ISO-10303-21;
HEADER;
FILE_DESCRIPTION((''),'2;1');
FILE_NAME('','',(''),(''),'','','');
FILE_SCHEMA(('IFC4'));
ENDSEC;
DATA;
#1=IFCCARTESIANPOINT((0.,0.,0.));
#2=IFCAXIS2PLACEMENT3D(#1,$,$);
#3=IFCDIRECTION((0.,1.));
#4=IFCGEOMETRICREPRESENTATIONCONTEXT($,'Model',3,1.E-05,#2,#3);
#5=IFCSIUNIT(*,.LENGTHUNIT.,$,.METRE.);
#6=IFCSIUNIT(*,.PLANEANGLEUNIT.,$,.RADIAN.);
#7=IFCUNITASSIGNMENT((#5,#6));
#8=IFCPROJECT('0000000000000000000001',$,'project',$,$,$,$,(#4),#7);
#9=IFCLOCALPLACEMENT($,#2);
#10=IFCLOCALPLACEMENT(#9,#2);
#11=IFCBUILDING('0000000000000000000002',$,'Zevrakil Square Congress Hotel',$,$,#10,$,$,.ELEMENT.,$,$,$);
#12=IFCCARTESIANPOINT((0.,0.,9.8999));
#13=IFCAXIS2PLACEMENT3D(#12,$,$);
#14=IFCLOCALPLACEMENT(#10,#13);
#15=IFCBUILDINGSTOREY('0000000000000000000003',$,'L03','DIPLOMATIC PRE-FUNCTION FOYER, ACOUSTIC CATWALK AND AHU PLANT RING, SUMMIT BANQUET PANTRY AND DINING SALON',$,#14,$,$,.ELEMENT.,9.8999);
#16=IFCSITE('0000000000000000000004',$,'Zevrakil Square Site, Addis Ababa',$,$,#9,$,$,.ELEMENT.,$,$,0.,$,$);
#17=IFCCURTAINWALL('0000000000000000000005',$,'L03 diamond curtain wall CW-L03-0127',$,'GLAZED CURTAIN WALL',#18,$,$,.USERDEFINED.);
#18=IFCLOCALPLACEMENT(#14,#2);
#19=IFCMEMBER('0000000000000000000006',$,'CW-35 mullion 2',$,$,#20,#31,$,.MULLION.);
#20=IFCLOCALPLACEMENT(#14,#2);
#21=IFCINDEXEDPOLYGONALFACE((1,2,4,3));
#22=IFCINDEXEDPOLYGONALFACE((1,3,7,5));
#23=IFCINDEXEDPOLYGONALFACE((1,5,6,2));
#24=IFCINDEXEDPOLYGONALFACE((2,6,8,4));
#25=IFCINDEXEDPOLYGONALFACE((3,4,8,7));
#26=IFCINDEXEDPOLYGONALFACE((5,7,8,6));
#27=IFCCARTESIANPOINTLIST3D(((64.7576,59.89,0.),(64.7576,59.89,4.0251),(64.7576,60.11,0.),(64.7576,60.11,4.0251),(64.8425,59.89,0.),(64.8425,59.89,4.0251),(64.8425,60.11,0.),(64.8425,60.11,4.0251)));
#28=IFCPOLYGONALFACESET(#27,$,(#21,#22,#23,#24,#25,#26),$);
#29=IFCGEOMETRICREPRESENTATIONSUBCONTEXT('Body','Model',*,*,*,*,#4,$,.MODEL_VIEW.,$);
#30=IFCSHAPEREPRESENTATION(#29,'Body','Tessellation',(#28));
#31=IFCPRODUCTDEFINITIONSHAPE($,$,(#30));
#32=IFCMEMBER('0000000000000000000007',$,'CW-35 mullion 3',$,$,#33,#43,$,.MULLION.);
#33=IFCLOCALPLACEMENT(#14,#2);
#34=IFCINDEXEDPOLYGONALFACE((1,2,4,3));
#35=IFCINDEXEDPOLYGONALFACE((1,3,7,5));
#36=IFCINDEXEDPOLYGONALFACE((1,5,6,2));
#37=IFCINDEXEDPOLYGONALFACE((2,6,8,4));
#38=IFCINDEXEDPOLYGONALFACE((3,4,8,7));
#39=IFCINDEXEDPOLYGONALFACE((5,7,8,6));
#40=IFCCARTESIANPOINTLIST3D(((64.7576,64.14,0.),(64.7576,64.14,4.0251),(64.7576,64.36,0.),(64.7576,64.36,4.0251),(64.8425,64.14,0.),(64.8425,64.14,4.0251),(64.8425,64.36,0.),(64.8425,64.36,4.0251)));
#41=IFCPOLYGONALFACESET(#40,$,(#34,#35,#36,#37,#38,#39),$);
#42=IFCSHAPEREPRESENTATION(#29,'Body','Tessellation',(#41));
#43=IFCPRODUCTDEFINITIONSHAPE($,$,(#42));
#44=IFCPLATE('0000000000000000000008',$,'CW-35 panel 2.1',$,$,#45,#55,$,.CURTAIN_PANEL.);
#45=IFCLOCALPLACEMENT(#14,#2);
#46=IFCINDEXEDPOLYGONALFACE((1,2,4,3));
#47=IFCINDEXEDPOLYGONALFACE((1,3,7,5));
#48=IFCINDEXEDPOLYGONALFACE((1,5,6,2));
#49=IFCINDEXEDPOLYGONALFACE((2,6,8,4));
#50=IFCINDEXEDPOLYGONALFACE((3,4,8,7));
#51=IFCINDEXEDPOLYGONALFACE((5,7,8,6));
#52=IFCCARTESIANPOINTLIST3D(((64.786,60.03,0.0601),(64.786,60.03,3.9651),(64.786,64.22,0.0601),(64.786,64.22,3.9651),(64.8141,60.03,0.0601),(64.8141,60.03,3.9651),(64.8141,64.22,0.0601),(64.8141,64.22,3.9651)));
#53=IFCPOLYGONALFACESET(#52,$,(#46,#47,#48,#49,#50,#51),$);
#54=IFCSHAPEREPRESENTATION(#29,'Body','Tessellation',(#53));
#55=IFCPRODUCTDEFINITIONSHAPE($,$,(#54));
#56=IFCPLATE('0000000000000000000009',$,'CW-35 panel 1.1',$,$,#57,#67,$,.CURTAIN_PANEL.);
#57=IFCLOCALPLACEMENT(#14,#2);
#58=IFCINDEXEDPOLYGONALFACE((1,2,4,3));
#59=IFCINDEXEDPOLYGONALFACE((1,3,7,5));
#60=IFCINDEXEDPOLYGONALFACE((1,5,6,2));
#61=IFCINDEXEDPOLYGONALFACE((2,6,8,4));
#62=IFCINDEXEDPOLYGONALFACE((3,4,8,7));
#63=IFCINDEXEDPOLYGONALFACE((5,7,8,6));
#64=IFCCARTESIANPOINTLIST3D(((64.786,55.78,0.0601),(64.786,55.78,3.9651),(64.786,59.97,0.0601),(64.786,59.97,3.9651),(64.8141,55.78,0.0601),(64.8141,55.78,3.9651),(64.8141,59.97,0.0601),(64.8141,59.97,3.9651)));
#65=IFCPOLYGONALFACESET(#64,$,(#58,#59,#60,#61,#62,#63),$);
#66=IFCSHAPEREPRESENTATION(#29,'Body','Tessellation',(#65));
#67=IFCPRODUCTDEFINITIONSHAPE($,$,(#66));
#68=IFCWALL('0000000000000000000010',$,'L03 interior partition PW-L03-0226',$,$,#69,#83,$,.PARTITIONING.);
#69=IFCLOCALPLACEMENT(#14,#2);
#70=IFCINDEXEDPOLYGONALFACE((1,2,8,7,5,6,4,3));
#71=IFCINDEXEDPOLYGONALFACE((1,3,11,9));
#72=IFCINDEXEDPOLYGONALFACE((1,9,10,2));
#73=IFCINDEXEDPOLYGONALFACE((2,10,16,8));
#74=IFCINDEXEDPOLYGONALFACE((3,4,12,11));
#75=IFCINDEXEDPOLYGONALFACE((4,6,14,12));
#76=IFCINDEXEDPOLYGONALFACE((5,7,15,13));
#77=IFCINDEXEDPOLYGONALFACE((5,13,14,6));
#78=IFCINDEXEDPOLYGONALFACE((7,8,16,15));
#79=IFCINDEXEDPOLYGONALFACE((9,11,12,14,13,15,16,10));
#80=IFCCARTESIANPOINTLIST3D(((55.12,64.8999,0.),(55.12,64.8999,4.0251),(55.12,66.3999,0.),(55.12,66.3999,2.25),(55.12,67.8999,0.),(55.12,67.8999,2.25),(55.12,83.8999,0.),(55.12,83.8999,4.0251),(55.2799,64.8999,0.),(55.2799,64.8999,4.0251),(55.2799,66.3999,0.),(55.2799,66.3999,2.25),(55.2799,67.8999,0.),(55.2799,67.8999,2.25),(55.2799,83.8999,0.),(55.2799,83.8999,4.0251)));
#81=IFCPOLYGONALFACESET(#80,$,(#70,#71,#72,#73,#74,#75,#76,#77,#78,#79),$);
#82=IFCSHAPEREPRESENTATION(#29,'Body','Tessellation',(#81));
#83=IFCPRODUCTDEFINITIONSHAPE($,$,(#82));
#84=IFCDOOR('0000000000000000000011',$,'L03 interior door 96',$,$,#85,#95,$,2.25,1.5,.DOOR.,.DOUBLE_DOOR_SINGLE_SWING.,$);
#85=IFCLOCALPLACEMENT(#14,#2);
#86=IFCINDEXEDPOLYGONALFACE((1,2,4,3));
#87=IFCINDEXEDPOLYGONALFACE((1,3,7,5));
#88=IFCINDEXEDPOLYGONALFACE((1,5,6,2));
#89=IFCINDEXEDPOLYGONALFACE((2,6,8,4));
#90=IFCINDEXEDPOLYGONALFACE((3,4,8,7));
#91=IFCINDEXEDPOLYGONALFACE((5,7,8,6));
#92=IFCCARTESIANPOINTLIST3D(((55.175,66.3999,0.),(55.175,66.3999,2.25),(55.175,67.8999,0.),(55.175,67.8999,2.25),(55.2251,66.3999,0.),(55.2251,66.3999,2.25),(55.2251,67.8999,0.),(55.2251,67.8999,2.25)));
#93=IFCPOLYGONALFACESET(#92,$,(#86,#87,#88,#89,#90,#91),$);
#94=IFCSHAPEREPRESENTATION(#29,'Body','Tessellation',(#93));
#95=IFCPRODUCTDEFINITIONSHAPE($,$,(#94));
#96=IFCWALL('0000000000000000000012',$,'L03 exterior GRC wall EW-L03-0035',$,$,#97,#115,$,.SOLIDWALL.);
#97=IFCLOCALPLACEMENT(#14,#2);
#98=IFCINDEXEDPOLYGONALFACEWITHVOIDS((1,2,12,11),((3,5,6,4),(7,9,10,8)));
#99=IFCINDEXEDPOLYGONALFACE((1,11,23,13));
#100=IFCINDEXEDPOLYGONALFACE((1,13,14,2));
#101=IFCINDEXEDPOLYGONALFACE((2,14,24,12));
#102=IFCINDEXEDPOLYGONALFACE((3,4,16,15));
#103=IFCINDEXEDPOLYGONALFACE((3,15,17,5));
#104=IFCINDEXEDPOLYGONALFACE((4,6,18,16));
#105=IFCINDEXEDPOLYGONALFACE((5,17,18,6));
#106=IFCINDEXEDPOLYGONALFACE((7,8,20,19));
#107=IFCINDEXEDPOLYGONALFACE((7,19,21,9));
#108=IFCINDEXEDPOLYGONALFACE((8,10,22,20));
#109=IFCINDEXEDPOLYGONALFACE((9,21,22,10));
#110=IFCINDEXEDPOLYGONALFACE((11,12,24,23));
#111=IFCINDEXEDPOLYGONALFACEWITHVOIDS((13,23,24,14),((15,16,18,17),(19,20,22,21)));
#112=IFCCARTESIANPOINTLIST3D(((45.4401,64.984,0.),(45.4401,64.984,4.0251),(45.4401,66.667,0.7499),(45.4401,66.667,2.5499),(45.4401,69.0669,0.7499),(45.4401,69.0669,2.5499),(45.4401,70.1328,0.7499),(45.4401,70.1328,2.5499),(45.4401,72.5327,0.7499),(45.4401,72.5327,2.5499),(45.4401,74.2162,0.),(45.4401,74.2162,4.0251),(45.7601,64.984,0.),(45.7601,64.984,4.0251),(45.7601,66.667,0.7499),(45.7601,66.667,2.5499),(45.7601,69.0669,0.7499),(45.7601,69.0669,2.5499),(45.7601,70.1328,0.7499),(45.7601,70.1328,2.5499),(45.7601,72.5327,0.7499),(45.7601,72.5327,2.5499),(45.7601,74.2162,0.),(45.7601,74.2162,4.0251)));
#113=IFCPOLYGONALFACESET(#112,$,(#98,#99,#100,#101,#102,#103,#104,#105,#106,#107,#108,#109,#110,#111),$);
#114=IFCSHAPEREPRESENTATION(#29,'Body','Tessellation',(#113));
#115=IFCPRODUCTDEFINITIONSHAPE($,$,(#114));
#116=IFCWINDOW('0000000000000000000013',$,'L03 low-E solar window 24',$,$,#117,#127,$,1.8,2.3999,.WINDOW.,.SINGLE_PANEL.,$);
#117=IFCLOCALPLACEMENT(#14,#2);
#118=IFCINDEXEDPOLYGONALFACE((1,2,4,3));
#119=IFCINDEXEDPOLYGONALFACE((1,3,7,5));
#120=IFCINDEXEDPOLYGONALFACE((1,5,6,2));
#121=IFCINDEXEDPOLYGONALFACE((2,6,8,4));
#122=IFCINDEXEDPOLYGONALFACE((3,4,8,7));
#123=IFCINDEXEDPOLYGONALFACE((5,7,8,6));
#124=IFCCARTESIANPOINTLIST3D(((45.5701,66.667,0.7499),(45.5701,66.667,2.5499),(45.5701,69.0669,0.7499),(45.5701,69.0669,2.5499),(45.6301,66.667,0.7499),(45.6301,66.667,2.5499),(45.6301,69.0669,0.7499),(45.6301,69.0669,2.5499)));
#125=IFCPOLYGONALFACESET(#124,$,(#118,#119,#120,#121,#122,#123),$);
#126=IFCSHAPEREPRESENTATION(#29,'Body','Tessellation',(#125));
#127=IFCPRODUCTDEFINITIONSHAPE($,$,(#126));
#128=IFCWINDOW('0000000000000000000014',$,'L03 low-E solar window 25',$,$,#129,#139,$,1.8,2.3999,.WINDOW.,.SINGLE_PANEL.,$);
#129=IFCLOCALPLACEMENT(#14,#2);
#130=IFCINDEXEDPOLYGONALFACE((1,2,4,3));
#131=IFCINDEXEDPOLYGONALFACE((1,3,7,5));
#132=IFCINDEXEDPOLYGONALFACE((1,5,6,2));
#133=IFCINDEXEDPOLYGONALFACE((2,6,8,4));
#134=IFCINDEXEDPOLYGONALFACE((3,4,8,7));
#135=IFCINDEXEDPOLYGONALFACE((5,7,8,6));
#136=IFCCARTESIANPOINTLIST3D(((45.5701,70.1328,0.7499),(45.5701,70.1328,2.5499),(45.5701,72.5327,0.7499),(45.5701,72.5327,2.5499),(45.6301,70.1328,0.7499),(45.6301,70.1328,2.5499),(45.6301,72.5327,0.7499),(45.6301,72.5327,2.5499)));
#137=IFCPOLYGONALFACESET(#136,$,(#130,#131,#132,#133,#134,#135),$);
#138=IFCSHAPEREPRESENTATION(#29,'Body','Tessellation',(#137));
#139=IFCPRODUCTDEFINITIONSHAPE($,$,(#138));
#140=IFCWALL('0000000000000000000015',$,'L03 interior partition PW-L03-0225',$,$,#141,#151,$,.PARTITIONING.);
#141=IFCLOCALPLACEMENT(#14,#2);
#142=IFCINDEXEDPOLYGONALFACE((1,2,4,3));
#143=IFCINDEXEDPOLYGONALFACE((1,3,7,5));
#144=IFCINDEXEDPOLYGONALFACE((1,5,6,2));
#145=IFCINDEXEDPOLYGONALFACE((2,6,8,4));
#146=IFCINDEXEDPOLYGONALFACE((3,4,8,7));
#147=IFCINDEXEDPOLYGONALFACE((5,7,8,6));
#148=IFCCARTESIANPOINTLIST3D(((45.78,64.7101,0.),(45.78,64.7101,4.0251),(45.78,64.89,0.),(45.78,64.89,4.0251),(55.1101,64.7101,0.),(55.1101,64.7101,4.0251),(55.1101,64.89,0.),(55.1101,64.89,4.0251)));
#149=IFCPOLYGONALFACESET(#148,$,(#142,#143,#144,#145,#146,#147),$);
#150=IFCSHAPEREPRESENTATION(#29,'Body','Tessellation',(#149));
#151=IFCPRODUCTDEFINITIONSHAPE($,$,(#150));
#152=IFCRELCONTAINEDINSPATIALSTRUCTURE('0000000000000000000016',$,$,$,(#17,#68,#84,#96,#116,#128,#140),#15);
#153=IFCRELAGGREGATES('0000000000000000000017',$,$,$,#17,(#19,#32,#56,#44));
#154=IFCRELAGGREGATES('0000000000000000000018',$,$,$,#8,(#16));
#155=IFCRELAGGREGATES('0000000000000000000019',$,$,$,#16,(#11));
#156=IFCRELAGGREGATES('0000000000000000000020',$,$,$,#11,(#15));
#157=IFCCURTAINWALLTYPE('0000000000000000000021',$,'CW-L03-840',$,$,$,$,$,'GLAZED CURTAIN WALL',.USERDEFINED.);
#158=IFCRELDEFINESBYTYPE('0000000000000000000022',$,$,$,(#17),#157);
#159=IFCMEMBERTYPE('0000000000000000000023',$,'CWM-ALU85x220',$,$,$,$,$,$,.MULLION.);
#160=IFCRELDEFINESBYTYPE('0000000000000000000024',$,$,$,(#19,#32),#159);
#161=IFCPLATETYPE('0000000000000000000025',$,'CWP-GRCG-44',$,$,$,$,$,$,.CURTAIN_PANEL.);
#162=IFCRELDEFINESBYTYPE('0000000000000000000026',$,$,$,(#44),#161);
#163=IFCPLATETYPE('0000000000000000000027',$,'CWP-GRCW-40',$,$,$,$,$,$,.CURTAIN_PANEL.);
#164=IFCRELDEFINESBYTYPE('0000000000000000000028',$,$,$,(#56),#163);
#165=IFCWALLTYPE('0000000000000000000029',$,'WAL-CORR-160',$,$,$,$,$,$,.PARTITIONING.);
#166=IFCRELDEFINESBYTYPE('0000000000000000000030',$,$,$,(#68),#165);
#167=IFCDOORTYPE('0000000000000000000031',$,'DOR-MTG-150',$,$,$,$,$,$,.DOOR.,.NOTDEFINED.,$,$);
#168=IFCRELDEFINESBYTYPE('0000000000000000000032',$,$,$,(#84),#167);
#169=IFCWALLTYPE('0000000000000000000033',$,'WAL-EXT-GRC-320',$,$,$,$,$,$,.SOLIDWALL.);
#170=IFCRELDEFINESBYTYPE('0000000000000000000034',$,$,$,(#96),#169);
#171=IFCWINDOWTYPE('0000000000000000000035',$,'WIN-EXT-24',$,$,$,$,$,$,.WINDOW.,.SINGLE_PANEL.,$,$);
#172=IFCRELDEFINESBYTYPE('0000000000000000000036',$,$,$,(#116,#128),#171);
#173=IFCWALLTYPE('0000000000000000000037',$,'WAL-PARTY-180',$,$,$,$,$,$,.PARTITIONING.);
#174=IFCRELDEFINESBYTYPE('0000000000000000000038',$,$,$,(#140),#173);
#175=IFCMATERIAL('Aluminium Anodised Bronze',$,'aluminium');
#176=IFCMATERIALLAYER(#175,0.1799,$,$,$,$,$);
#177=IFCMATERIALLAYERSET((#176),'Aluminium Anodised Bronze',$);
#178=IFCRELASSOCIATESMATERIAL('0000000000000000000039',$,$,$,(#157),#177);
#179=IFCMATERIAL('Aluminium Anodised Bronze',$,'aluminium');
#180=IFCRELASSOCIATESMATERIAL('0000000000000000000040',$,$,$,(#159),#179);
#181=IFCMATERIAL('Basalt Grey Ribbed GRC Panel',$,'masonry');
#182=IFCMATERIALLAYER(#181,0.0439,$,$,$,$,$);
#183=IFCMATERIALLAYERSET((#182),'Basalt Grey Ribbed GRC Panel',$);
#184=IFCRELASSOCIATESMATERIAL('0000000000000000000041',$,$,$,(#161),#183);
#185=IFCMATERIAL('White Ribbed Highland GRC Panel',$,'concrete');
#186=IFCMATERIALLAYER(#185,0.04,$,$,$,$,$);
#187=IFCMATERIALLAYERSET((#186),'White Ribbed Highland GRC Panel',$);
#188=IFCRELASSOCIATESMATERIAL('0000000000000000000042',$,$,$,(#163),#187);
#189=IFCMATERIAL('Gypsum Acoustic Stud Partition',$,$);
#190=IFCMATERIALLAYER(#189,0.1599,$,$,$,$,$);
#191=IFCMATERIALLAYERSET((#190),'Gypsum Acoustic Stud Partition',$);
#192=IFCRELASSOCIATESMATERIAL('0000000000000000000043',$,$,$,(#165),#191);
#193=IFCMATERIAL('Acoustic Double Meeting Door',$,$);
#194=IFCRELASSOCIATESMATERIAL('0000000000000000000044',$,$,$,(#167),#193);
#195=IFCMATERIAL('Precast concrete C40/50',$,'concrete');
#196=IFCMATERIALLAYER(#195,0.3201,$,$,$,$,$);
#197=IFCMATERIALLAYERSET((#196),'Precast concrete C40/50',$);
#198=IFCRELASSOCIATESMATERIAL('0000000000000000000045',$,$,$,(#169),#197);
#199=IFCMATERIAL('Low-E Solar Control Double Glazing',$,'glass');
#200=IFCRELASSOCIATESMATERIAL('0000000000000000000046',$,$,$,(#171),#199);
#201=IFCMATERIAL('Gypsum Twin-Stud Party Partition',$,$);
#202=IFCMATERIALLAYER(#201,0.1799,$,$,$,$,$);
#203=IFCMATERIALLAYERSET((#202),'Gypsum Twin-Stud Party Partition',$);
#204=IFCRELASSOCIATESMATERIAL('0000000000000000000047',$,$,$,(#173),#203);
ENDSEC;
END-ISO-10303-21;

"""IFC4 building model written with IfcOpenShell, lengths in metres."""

from ifc_helpers import new_model, si_unit, direction, frame, frame_2d, origin, origin_2d, place, context, subcontext, project, spatial, rectangle, extrude, material, layer, layer_set, material_profile, profile_set, type_object, element, fill, aggregate, save


model = new_model("IFC4")

# Units and contexts
model_context = context("Model", 3, precision=1e-05, world=origin(), true_north=direction((0.0, 1.0)))
body_context = subcontext(model_context, "Body", "Model", "MODEL_VIEW")
ifc_project = project(units=[si_unit("LENGTHUNIT", "METRE"), si_unit("PLANEANGLEUNIT", "RADIAN")], contexts=[model_context])

# Site, building, storey
site_placement = place(None, origin())
site = spatial("IfcSite", under=ifc_project, at=site_placement, Name="Zevrakil Square Site, Addis Ababa", CompositionType="ELEMENT", RefElevation=0.0)
building_placement = place(site_placement, origin())
building = spatial("IfcBuilding", under=site, at=building_placement, Name="Zevrakil Square Congress Hotel", CompositionType="ELEMENT")
storey_placement = place(building_placement, frame((0.0, 0.0, 9.8999)))
storey = spatial("IfcBuildingStorey", under=building, at=storey_placement, Name="L03", Description="DIPLOMATIC PRE-FUNCTION FOYER, ACOUSTIC CATWALK AND AHU PLANT RING, SUMMIT BANQUET PANTRY AND DINING SALON", CompositionType="ELEMENT", Elevation=9.8999)

# Curtain wall, members, plates
ifc_material_1 = material(Name="Aluminium Anodised Bronze", Category="aluminium")
ifc_layer_1 = layer(ifc_material_1, 0.1799)
ifc_layer_set_1 = layer_set([ifc_layer_1], Name="Aluminium Anodised Bronze")
curtain_wall_type = type_object("IfcCurtainWallType", Name="CW-L03-840", ElementType="GLAZED CURTAIN WALL", PredefinedType="USERDEFINED", material=ifc_layer_set_1)
curtain_wall_placement = place(storey_placement, origin())
curtain_wall = element("IfcCurtainWall", 1, at=curtain_wall_placement, inside=storey, type_object=curtain_wall_type, Name="L03 diamond curtain wall CW-L03-0127", ObjectType="GLAZED CURTAIN WALL", PredefinedType="USERDEFINED")
ifc_material_2 = material(Name="Aluminium Anodised Bronze", Category="aluminium")
ifc_material_profile_1 = material_profile(ifc_material_2, rectangle(XDim=0.085, YDim=0.22, at=origin_2d()), Name="ALU 85x220")
ifc_profile_set_1 = profile_set([ifc_material_profile_1], Name="Aluminium Anodised Bronze")
member_type_1 = type_object("IfcMemberType", Name="CWM-ALU85x220", PredefinedType="MULLION", material=ifc_profile_set_1)
member_1_placement = place(storey_placement, frame((64.8, 60.0, 0.0), z_axis=(0.0, 0.0, 1.0), x_axis=(-1.0, 0.0, 0.0)))
member_1 = element("IfcMember", 2, at=member_1_placement, type_object=member_type_1, Name="CW-35 mullion 2", PredefinedType="MULLION", context=body_context, shape_type="SweptSolid", body=[
    extrude(rectangle(XDim=0.085, YDim=0.22, at=origin_2d()), origin(), (0.0, 0.0, 1.0), 4.0251),
])
member_2_placement = place(storey_placement, frame((64.8, 64.25, 0.0), z_axis=(0.0, 0.0, 1.0), x_axis=(-1.0, 0.0, 0.0)))
member_2 = element("IfcMember", 3, at=member_2_placement, type_object=member_type_1, Name="CW-35 mullion 3", PredefinedType="MULLION", context=body_context, shape_type="SweptSolid", body=[
    extrude(rectangle(XDim=0.085, YDim=0.22, at=origin_2d()), origin(), (0.0, 0.0, 1.0), 4.0251),
])
ifc_material_3 = material(Name="Basalt Grey Ribbed GRC Panel", Category="masonry")
ifc_layer_2 = layer(ifc_material_3, 0.0439)
ifc_layer_set_2 = layer_set([ifc_layer_2], Name="Basalt Grey Ribbed GRC Panel")
plate_type_1 = type_object("IfcPlateType", Name="CWP-GRCG-44", PredefinedType="CURTAIN_PANEL", material=ifc_layer_set_2)
plate_1_placement = place(storey_placement, frame((64.8, 62.125, 0.0601), z_axis=(0.0, 0.0, 1.0), x_axis=(0.0, 1.0, 0.0)))
plate_1 = element("IfcPlate", 4, at=plate_1_placement, type_object=plate_type_1, Name="CW-35 panel 2.1", PredefinedType="CURTAIN_PANEL", context=body_context, shape_type="SweptSolid", body=[
    extrude(rectangle(XDim=4.1899, YDim=0.0281, at=origin_2d()), origin(), (0.0, 0.0, 1.0), 3.905),
])
ifc_material_4 = material(Name="White Ribbed Highland GRC Panel", Category="concrete")
ifc_layer_3 = layer(ifc_material_4, 0.04)
ifc_layer_set_3 = layer_set([ifc_layer_3], Name="White Ribbed Highland GRC Panel")
plate_type_2 = type_object("IfcPlateType", Name="CWP-GRCW-40", PredefinedType="CURTAIN_PANEL", material=ifc_layer_set_3)
plate_2_placement = place(storey_placement, frame((64.8, 57.875, 0.0601), z_axis=(0.0, 0.0, 1.0), x_axis=(0.0, 1.0, 0.0)))
plate_2 = element("IfcPlate", 5, at=plate_2_placement, type_object=plate_type_2, Name="CW-35 panel 1.1", PredefinedType="CURTAIN_PANEL", context=body_context, shape_type="SweptSolid", body=[
    extrude(rectangle(XDim=4.1899, YDim=0.0281, at=origin_2d()), origin(), (0.0, 0.0, 1.0), 3.905),
])
aggregate(curtain_wall, [member_1, member_2, plate_2, plate_1])

# Wall, opening, door
ifc_material_5 = material(Name="Gypsum Acoustic Stud Partition")
ifc_layer_4 = layer(ifc_material_5, 0.1599)
ifc_layer_set_4 = layer_set([ifc_layer_4], Name="Gypsum Acoustic Stud Partition")
wall_type_1 = type_object("IfcWallType", Name="WAL-CORR-160", PredefinedType="PARTITIONING", material=ifc_layer_set_4)
wall_1_placement = place(storey_placement, frame((55.2, 64.8999, 0.0), z_axis=(0.0, 0.0, 1.0), x_axis=(0.0, 1.0, 0.0)))
wall_1 = element("IfcWall", 6, at=wall_1_placement, inside=storey, type_object=wall_type_1, Name="L03 interior partition PW-L03-0226", PredefinedType="PARTITIONING", context=body_context, shape_type="SweptSolid", body=[
    extrude(rectangle(XDim=19.0, YDim=0.1599, at=frame_2d((9.5, 0.0))), origin(), (0.0, 0.0, 1.0), 4.0251),
])
opening_1_placement = place(wall_1_placement, frame((1.5, 0.0, 0.0)))
opening_1 = element("IfcOpeningElement", 7, at=opening_1_placement, cuts=wall_1, PredefinedType="OPENING", context=body_context, shape_type="SweptSolid", body=[
    extrude(rectangle(XDim=1.5, YDim=2.25, at=frame_2d((0.75, 1.125))), frame((0.0, 0.0898, 0.0), z_axis=(0.0, -1.0, 0.0), x_axis=(1.0, 0.0, 0.0)), (0.0, 0.0, 1.0), 0.1799),
])
ifc_material_6 = material(Name="Acoustic Double Meeting Door")
door_type = type_object("IfcDoorType", Name="DOR-MTG-150", OperationType="NOTDEFINED", PredefinedType="DOOR", material=ifc_material_6)
door_placement = place(opening_1_placement, origin())
door = element("IfcDoor", 8, at=door_placement, inside=storey, type_object=door_type, Name="L03 interior door 96", OperationType="DOUBLE_DOOR_SINGLE_SWING", OverallHeight=2.25, OverallWidth=1.5, PredefinedType="DOOR", context=body_context, shape_type="SweptSolid", body=[
    extrude(rectangle(XDim=1.5, YDim=2.25, at=frame_2d((0.75, 1.125))), frame((0.0, 0.0249, 0.0), z_axis=(0.0, -1.0, 0.0), x_axis=(1.0, 0.0, 0.0)), (0.0, 0.0, 1.0), 0.05),
])
fill(opening_1, door)

# Wall, openings, windows
ifc_material_7 = material(Name="Precast concrete C40/50", Category="concrete")
ifc_layer_5 = layer(ifc_material_7, 0.3201)
ifc_layer_set_5 = layer_set([ifc_layer_5], Name="Precast concrete C40/50")
wall_type_2 = type_object("IfcWallType", Name="WAL-EXT-GRC-320", PredefinedType="SOLIDWALL", material=ifc_layer_set_5)
wall_2_placement = place(storey_placement, frame((45.6001, 64.9839, 0.0), z_axis=(0.0, 0.0, 1.0), x_axis=(0.0, 1.0, 0.0)))
wall_2 = element("IfcWall", 9, at=wall_2_placement, inside=storey, type_object=wall_type_2, Name="L03 exterior GRC wall EW-L03-0035", PredefinedType="SOLIDWALL", context=body_context, shape_type="SweptSolid", body=[
    extrude(rectangle(XDim=9.2322, YDim=0.3201, at=frame_2d((4.6162, 0.0))), origin(), (0.0, 0.0, 1.0), 4.0251),
])
opening_2_placement = place(wall_2_placement, frame((1.6831, 0.0, 0.75)))
opening_2 = element("IfcOpeningElement", 10, at=opening_2_placement, cuts=wall_2, PredefinedType="OPENING", context=body_context, shape_type="SweptSolid", body=[
    extrude(rectangle(XDim=2.3999, YDim=1.8, at=frame_2d((1.2, 0.8999))), frame((0.0, 0.1699, 0.0), z_axis=(0.0, -1.0, 0.0), x_axis=(1.0, 0.0, 0.0)), (0.0, 0.0, 1.0), 0.3401),
])
opening_3_placement = place(wall_2_placement, frame((5.1489, 0.0, 0.75)))
opening_3 = element("IfcOpeningElement", 11, at=opening_3_placement, cuts=wall_2, PredefinedType="OPENING", context=body_context, shape_type="SweptSolid", body=[
    extrude(rectangle(XDim=2.3999, YDim=1.8, at=frame_2d((1.2, 0.8999))), frame((0.0, 0.1699, 0.0), z_axis=(0.0, -1.0, 0.0), x_axis=(1.0, 0.0, 0.0)), (0.0, 0.0, 1.0), 0.3401),
])
ifc_material_8 = material(Name="Low-E Solar Control Double Glazing", Category="glass")
window_type = type_object("IfcWindowType", Name="WIN-EXT-24", PartitioningType="SINGLE_PANEL", PredefinedType="WINDOW", material=ifc_material_8)
window_1_placement = place(opening_2_placement, origin())
window_1 = element("IfcWindow", 12, at=window_1_placement, inside=storey, type_object=window_type, Name="L03 low-E solar window 24", OverallHeight=1.8, OverallWidth=2.3999, PartitioningType="SINGLE_PANEL", PredefinedType="WINDOW", context=body_context, shape_type="SweptSolid", body=[
    extrude(rectangle(XDim=2.3999, YDim=1.8, at=frame_2d((1.2, 0.8999))), frame((0.0, 0.03, 0.0), z_axis=(0.0, -1.0, 0.0), x_axis=(1.0, 0.0, 0.0)), (0.0, 0.0, 1.0), 0.0601),
])
fill(opening_2, window_1)
window_2_placement = place(opening_3_placement, origin())
window_2 = element("IfcWindow", 13, at=window_2_placement, inside=storey, type_object=window_type, Name="L03 low-E solar window 25", OverallHeight=1.8, OverallWidth=2.3999, PartitioningType="SINGLE_PANEL", PredefinedType="WINDOW", context=body_context, shape_type="SweptSolid", body=[
    extrude(rectangle(XDim=2.3999, YDim=1.8, at=frame_2d((1.2, 0.8999))), frame((0.0, 0.03, 0.0), z_axis=(0.0, -1.0, 0.0), x_axis=(1.0, 0.0, 0.0)), (0.0, 0.0, 1.0), 0.0601),
])
fill(opening_3, window_2)

# Wall
ifc_material_9 = material(Name="Gypsum Twin-Stud Party Partition")
ifc_layer_6 = layer(ifc_material_9, 0.1799)
ifc_layer_set_6 = layer_set([ifc_layer_6], Name="Gypsum Twin-Stud Party Partition")
wall_type_3 = type_object("IfcWallType", Name="WAL-PARTY-180", PredefinedType="PARTITIONING", material=ifc_layer_set_6)
wall_3_placement = place(storey_placement, frame((45.78, 64.8, 0.0), z_axis=(0.0, 0.0, 1.0), x_axis=(1.0, 0.0, 0.0)))
element("IfcWall", 14, at=wall_3_placement, inside=storey, type_object=wall_type_3, Name="L03 interior partition PW-L03-0225", PredefinedType="PARTITIONING", context=body_context, shape_type="SweptSolid", body=[
    extrude(rectangle(XDim=9.3301, YDim=0.1799, at=frame_2d((4.665, 0.0))), origin(), (0.0, 0.0, 1.0), 4.0251),
])

save(model, "model.ifc")
